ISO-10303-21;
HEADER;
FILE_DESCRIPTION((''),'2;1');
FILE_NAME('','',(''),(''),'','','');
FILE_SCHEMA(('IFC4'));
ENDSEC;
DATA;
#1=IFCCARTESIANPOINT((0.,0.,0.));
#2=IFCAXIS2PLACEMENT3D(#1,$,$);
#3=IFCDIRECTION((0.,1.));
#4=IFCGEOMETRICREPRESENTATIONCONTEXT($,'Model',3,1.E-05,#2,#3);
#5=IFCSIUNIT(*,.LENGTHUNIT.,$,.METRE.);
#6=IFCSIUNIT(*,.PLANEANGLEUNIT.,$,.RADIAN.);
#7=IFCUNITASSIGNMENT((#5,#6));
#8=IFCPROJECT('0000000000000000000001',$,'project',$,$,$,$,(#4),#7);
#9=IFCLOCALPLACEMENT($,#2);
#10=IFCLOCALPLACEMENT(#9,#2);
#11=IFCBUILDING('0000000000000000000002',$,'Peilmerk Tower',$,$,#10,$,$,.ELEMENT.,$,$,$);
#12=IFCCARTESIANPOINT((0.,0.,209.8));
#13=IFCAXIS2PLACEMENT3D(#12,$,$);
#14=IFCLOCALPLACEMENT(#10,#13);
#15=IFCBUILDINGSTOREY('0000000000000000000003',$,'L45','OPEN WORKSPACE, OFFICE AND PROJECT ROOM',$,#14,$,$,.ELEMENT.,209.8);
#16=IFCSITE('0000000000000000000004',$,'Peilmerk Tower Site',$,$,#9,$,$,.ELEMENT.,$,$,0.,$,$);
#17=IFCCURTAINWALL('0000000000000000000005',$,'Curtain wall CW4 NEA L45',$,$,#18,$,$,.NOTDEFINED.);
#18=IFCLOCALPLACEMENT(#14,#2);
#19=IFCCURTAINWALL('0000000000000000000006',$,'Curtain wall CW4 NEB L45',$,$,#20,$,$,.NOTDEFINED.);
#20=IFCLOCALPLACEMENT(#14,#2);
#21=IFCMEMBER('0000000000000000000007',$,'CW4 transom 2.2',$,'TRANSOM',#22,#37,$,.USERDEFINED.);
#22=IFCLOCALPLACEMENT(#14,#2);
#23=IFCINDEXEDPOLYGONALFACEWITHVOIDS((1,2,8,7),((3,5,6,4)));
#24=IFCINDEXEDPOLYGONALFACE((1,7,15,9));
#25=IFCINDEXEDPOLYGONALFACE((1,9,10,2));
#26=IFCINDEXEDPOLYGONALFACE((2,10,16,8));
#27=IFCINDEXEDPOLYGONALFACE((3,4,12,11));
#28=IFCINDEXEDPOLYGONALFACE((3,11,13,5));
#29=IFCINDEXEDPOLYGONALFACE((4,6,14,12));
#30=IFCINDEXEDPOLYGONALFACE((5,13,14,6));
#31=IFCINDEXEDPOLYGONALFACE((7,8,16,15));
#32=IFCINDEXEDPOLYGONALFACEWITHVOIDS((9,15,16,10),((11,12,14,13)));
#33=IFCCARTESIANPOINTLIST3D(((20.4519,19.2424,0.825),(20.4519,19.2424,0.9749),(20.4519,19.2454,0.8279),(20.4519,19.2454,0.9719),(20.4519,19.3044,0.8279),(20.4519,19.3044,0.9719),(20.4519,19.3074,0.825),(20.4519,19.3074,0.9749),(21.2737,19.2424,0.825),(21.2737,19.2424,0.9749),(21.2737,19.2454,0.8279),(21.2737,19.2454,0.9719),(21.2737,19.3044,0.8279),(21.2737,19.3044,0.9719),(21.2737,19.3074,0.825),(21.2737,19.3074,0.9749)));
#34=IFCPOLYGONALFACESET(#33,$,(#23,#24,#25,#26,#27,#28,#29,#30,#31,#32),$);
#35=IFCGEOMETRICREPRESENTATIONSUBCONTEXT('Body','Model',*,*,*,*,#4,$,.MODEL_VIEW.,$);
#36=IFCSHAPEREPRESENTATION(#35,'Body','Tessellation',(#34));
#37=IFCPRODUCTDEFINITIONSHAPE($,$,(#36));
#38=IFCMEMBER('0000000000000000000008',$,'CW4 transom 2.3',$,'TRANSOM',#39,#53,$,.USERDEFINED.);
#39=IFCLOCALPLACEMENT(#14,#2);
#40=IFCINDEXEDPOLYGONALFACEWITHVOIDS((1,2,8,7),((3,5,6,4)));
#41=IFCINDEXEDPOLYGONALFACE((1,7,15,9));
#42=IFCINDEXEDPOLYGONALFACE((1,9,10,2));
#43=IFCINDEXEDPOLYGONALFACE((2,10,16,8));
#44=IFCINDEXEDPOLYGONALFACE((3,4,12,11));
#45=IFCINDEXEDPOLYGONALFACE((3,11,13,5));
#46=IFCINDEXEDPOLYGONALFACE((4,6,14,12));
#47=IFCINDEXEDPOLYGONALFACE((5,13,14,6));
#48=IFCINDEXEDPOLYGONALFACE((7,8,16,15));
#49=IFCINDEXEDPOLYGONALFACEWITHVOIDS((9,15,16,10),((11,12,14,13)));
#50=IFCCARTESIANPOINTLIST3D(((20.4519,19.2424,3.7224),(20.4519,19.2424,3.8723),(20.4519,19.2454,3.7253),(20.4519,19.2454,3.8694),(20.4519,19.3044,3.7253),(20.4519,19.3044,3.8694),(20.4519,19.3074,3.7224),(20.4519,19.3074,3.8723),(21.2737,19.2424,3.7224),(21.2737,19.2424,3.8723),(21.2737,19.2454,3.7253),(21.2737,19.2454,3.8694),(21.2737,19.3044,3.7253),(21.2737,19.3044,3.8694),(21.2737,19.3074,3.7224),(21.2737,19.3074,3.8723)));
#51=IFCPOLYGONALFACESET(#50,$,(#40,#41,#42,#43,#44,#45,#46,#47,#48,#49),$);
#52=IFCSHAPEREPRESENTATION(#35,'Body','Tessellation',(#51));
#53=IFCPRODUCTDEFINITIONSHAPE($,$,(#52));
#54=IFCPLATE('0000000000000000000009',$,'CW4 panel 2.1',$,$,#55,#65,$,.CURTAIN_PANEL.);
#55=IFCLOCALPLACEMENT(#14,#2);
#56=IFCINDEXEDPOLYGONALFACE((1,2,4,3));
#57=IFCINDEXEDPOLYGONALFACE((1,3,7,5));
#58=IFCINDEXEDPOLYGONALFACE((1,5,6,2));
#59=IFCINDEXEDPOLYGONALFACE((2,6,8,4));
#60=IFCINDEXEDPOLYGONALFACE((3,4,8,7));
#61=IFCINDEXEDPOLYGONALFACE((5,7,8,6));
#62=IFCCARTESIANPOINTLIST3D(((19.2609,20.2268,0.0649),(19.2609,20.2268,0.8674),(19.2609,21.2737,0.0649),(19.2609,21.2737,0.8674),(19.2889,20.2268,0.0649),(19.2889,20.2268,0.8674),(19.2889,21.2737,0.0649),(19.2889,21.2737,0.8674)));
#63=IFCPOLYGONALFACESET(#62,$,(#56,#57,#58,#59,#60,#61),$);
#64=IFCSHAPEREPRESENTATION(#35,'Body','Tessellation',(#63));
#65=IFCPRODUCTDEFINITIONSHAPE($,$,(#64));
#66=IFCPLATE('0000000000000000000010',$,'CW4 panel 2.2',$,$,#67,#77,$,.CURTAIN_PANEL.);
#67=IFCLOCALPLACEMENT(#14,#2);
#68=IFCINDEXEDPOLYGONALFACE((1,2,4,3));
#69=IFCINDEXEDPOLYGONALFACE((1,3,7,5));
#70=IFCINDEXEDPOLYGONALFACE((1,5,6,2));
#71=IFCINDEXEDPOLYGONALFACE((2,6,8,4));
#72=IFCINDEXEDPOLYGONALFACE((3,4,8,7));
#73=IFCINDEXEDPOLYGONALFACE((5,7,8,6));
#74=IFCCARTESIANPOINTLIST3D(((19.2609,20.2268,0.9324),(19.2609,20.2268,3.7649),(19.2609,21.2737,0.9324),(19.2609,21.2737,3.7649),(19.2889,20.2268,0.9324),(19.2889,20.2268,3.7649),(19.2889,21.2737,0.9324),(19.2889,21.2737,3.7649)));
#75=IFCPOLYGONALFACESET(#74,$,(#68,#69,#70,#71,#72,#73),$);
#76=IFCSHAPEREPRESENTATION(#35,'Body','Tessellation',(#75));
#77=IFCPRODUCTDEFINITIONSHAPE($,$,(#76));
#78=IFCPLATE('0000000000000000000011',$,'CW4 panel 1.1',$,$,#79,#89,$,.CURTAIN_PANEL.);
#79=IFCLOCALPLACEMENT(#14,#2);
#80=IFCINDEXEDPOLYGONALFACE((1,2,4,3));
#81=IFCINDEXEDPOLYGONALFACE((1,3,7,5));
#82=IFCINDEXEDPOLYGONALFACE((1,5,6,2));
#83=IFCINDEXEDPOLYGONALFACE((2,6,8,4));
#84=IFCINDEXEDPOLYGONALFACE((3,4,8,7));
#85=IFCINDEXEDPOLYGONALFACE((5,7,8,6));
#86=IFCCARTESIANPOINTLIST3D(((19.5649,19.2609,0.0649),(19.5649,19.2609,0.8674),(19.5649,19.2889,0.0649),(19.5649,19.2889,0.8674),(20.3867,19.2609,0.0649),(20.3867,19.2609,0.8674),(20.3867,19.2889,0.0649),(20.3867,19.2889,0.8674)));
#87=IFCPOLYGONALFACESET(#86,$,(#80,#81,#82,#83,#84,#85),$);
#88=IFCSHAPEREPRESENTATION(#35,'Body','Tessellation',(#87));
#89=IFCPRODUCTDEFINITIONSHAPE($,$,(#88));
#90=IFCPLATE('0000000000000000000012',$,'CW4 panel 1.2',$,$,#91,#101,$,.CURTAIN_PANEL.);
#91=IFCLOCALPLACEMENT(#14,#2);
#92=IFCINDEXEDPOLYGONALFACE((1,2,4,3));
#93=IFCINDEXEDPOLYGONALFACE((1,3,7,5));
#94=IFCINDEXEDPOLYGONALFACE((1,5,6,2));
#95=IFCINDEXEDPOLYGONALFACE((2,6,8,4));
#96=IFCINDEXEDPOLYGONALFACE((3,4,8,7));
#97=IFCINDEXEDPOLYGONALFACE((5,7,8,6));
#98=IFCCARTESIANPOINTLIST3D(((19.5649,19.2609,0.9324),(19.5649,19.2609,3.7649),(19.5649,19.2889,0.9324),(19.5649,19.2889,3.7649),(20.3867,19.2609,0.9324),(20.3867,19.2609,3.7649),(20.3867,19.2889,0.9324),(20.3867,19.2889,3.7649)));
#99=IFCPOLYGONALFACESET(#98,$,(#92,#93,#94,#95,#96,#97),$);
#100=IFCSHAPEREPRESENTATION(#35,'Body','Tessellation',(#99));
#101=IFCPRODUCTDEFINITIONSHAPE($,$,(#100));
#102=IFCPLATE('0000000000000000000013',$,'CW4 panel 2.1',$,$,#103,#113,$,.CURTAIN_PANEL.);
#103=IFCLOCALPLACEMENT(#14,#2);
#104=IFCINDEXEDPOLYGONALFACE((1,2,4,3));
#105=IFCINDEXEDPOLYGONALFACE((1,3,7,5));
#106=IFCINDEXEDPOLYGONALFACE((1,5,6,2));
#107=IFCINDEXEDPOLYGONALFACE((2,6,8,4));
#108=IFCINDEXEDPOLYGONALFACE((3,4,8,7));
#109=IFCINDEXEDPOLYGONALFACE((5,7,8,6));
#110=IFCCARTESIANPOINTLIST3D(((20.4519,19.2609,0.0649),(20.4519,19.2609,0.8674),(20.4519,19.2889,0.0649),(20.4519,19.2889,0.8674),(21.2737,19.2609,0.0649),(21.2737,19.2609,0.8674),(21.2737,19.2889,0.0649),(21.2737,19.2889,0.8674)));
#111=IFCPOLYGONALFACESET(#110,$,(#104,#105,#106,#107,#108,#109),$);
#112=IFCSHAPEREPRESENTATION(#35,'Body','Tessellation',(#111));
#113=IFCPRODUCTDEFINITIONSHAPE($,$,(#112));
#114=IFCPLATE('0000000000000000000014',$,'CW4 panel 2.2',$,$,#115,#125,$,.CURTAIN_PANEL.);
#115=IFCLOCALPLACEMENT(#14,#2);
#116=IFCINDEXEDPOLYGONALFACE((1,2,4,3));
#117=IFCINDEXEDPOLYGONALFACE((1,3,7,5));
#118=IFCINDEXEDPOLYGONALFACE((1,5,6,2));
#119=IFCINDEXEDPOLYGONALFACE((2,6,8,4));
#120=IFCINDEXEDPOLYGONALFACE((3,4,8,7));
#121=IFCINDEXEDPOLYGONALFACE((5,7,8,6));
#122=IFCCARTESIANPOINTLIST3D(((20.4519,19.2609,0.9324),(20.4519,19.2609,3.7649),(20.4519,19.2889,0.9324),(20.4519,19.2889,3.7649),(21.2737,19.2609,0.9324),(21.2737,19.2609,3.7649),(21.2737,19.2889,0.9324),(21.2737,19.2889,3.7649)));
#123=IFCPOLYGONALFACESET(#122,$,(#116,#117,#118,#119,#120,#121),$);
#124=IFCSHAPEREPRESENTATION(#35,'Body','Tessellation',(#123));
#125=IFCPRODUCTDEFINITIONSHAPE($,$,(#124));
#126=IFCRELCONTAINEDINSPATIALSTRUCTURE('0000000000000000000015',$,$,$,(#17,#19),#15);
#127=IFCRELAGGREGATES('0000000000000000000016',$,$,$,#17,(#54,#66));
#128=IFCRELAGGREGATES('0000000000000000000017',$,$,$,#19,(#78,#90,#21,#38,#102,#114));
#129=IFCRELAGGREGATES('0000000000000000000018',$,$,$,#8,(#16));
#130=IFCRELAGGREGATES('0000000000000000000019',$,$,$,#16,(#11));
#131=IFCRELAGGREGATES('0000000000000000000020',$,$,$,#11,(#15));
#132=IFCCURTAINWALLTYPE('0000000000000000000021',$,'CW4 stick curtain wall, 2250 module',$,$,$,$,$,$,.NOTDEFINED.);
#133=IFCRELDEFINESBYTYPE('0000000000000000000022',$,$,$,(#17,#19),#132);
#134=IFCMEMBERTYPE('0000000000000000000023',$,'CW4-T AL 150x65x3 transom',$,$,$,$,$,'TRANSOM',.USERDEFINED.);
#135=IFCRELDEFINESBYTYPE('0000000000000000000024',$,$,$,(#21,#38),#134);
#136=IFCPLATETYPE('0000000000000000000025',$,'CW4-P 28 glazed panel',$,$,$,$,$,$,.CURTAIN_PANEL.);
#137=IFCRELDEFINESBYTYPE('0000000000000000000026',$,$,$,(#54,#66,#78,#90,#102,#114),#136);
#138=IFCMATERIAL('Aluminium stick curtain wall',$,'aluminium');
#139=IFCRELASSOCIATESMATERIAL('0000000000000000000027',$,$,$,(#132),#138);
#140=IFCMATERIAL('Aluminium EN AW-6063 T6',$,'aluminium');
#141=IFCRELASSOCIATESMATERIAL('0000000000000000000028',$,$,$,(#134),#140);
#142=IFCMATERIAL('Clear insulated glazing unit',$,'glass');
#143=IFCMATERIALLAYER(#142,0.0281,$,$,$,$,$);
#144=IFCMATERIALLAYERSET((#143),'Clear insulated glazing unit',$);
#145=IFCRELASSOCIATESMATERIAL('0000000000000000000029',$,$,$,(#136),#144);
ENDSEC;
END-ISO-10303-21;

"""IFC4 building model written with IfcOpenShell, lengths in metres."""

from ifc_helpers import new_model, si_unit, direction, frame, origin, origin_2d, place, context, subcontext, project, spatial, rectangle, hollow_rectangle, extrude, material, layer, layer_set, material_profile, profile_set, type_object, element, aggregate, save


model = new_model("IFC4")

# Units and contexts
model_context = context("Model", 3, precision=1e-05, world=origin(), true_north=direction((0.0, 1.0)))
body_context = subcontext(model_context, "Body", "Model", "MODEL_VIEW")
ifc_project = project(units=[si_unit("LENGTHUNIT", "METRE"), si_unit("PLANEANGLEUNIT", "RADIAN")], contexts=[model_context])

# Site, building, storey
site_placement = place(None, origin())
site = spatial("IfcSite", under=ifc_project, at=site_placement, Name="Peilmerk Tower Site", CompositionType="ELEMENT", RefElevation=0.0)
building_placement = place(site_placement, origin())
building = spatial("IfcBuilding", under=site, at=building_placement, Name="Peilmerk Tower", CompositionType="ELEMENT")
storey_placement = place(building_placement, frame((0.0, 0.0, 209.8)))
storey = spatial("IfcBuildingStorey", under=building, at=storey_placement, Name="L45", Description="OPEN WORKSPACE, OFFICE AND PROJECT ROOM", CompositionType="ELEMENT", Elevation=209.8)

# Curtain wall
ifc_material_1 = material(Name="Aluminium stick curtain wall", Category="aluminium")
curtain_wall_type = type_object("IfcCurtainWallType", Name="CW4 stick curtain wall, 2250 module", PredefinedType="NOTDEFINED", material=ifc_material_1)
curtain_wall_1_placement = place(storey_placement, origin())
curtain_wall_1 = element("IfcCurtainWall", 1, at=curtain_wall_1_placement, inside=storey, type_object=curtain_wall_type, Name="Curtain wall CW4 NEA L45", PredefinedType="NOTDEFINED")
ifc_material_2 = material(Name="Aluminium EN AW-6063 T6", Category="aluminium")

# Curtain wall
curtain_wall_2_placement = place(storey_placement, origin())
curtain_wall_2 = element("IfcCurtainWall", 2, at=curtain_wall_2_placement, inside=storey, type_object=curtain_wall_type, Name="Curtain wall CW4 NEB L45", PredefinedType="NOTDEFINED")

# Members
ifc_material_profile_1 = material_profile(ifc_material_2, hollow_rectangle(XDim=0.0649, YDim=0.1499, WallThickness=0.0029, at=origin_2d()), Name="AL 150x65x3")
ifc_profile_set_1 = profile_set([ifc_material_profile_1], Name="Aluminium EN AW-6063 T6")
member_type_1 = type_object("IfcMemberType", Name="CW4-T AL 150x65x3 transom", ElementType="TRANSOM", PredefinedType="USERDEFINED", material=ifc_profile_set_1)
member_1_placement = place(storey_placement, frame((20.4519, 19.2749, 0.8999), z_axis=(1.0, 0.0, 0.0), x_axis=(0.0, 1.0, 0.0)))
member_1 = element("IfcMember", 3, at=member_1_placement, type_object=member_type_1, Name="CW4 transom 2.2", ObjectType="TRANSOM", PredefinedType="USERDEFINED", context=body_context, shape_type="SweptSolid", body=[
    extrude(hollow_rectangle(XDim=0.0649, YDim=0.1499, WallThickness=0.0029, at=origin_2d()), origin(), (0.0, 0.0, 1.0), 0.8218),
])
member_2_placement = place(storey_placement, frame((20.4519, 19.2749, 3.7974), z_axis=(1.0, 0.0, 0.0), x_axis=(0.0, 1.0, 0.0)))
member_2 = element("IfcMember", 4, at=member_2_placement, type_object=member_type_1, Name="CW4 transom 2.3", ObjectType="TRANSOM", PredefinedType="USERDEFINED", context=body_context, shape_type="SweptSolid", body=[
    extrude(hollow_rectangle(XDim=0.0649, YDim=0.1499, WallThickness=0.0029, at=origin_2d()), origin(), (0.0, 0.0, 1.0), 0.8218),
])

# Plates
ifc_material_3 = material(Name="Clear insulated glazing unit", Category="glass")
ifc_layer_1 = layer(ifc_material_3, 0.0281)
ifc_layer_set_1 = layer_set([ifc_layer_1], Name="Clear insulated glazing unit")
plate_type = type_object("IfcPlateType", Name="CW4-P 28 glazed panel", PredefinedType="CURTAIN_PANEL", material=ifc_layer_set_1)
plate_1_placement = place(storey_placement, frame((19.2749, 20.7502, 0.0649), z_axis=(0.0, 0.0, 1.0), x_axis=(0.0, 1.0, 0.0)))
plate_1 = element("IfcPlate", 5, at=plate_1_placement, type_object=plate_type, Name="CW4 panel 2.1", PredefinedType="CURTAIN_PANEL", context=body_context, shape_type="SweptSolid", body=[
    extrude(rectangle(XDim=1.0469, YDim=0.0281, at=origin_2d()), origin(), (0.0, 0.0, 1.0), 0.8025),
])
plate_2_placement = place(storey_placement, frame((19.2749, 20.7502, 0.9324), z_axis=(0.0, 0.0, 1.0), x_axis=(0.0, 1.0, 0.0)))
plate_2 = element("IfcPlate", 6, at=plate_2_placement, type_object=plate_type, Name="CW4 panel 2.2", PredefinedType="CURTAIN_PANEL", context=body_context, shape_type="SweptSolid", body=[
    extrude(rectangle(XDim=1.0469, YDim=0.0281, at=origin_2d()), origin(), (0.0, 0.0, 1.0), 2.8325),
])
aggregate(curtain_wall_1, [plate_1, plate_2])
plate_3_placement = place(storey_placement, frame((19.9758, 19.2749, 0.0649), z_axis=(0.0, 0.0, 1.0), x_axis=(1.0, 0.0, 0.0)))
plate_3 = element("IfcPlate", 7, at=plate_3_placement, type_object=plate_type, Name="CW4 panel 1.1", PredefinedType="CURTAIN_PANEL", context=body_context, shape_type="SweptSolid", body=[
    extrude(rectangle(XDim=0.8218, YDim=0.0281, at=origin_2d()), origin(), (0.0, 0.0, 1.0), 0.8025),
])
plate_4_placement = place(storey_placement, frame((19.9758, 19.2749, 0.9324), z_axis=(0.0, 0.0, 1.0), x_axis=(1.0, 0.0, 0.0)))
plate_4 = element("IfcPlate", 8, at=plate_4_placement, type_object=plate_type, Name="CW4 panel 1.2", PredefinedType="CURTAIN_PANEL", context=body_context, shape_type="SweptSolid", body=[
    extrude(rectangle(XDim=0.8218, YDim=0.0281, at=origin_2d()), origin(), (0.0, 0.0, 1.0), 2.8325),
])
plate_5_placement = place(storey_placement, frame((20.8628, 19.2749, 0.0649), z_axis=(0.0, 0.0, 1.0), x_axis=(1.0, 0.0, 0.0)))
plate_5 = element("IfcPlate", 9, at=plate_5_placement, type_object=plate_type, Name="CW4 panel 2.1", PredefinedType="CURTAIN_PANEL", context=body_context, shape_type="SweptSolid", body=[
    extrude(rectangle(XDim=0.8218, YDim=0.0281, at=origin_2d()), origin(), (0.0, 0.0, 1.0), 0.8025),
])
plate_6_placement = place(storey_placement, frame((20.8628, 19.2749, 0.9324), z_axis=(0.0, 0.0, 1.0), x_axis=(1.0, 0.0, 0.0)))
plate_6 = element("IfcPlate", 10, at=plate_6_placement, type_object=plate_type, Name="CW4 panel 2.2", PredefinedType="CURTAIN_PANEL", context=body_context, shape_type="SweptSolid", body=[
    extrude(rectangle(XDim=0.8218, YDim=0.0281, at=origin_2d()), origin(), (0.0, 0.0, 1.0), 2.8325),
])
aggregate(curtain_wall_2, [plate_3, plate_4, member_1, member_2, plate_5, plate_6])

save(model, "model.ifc")
